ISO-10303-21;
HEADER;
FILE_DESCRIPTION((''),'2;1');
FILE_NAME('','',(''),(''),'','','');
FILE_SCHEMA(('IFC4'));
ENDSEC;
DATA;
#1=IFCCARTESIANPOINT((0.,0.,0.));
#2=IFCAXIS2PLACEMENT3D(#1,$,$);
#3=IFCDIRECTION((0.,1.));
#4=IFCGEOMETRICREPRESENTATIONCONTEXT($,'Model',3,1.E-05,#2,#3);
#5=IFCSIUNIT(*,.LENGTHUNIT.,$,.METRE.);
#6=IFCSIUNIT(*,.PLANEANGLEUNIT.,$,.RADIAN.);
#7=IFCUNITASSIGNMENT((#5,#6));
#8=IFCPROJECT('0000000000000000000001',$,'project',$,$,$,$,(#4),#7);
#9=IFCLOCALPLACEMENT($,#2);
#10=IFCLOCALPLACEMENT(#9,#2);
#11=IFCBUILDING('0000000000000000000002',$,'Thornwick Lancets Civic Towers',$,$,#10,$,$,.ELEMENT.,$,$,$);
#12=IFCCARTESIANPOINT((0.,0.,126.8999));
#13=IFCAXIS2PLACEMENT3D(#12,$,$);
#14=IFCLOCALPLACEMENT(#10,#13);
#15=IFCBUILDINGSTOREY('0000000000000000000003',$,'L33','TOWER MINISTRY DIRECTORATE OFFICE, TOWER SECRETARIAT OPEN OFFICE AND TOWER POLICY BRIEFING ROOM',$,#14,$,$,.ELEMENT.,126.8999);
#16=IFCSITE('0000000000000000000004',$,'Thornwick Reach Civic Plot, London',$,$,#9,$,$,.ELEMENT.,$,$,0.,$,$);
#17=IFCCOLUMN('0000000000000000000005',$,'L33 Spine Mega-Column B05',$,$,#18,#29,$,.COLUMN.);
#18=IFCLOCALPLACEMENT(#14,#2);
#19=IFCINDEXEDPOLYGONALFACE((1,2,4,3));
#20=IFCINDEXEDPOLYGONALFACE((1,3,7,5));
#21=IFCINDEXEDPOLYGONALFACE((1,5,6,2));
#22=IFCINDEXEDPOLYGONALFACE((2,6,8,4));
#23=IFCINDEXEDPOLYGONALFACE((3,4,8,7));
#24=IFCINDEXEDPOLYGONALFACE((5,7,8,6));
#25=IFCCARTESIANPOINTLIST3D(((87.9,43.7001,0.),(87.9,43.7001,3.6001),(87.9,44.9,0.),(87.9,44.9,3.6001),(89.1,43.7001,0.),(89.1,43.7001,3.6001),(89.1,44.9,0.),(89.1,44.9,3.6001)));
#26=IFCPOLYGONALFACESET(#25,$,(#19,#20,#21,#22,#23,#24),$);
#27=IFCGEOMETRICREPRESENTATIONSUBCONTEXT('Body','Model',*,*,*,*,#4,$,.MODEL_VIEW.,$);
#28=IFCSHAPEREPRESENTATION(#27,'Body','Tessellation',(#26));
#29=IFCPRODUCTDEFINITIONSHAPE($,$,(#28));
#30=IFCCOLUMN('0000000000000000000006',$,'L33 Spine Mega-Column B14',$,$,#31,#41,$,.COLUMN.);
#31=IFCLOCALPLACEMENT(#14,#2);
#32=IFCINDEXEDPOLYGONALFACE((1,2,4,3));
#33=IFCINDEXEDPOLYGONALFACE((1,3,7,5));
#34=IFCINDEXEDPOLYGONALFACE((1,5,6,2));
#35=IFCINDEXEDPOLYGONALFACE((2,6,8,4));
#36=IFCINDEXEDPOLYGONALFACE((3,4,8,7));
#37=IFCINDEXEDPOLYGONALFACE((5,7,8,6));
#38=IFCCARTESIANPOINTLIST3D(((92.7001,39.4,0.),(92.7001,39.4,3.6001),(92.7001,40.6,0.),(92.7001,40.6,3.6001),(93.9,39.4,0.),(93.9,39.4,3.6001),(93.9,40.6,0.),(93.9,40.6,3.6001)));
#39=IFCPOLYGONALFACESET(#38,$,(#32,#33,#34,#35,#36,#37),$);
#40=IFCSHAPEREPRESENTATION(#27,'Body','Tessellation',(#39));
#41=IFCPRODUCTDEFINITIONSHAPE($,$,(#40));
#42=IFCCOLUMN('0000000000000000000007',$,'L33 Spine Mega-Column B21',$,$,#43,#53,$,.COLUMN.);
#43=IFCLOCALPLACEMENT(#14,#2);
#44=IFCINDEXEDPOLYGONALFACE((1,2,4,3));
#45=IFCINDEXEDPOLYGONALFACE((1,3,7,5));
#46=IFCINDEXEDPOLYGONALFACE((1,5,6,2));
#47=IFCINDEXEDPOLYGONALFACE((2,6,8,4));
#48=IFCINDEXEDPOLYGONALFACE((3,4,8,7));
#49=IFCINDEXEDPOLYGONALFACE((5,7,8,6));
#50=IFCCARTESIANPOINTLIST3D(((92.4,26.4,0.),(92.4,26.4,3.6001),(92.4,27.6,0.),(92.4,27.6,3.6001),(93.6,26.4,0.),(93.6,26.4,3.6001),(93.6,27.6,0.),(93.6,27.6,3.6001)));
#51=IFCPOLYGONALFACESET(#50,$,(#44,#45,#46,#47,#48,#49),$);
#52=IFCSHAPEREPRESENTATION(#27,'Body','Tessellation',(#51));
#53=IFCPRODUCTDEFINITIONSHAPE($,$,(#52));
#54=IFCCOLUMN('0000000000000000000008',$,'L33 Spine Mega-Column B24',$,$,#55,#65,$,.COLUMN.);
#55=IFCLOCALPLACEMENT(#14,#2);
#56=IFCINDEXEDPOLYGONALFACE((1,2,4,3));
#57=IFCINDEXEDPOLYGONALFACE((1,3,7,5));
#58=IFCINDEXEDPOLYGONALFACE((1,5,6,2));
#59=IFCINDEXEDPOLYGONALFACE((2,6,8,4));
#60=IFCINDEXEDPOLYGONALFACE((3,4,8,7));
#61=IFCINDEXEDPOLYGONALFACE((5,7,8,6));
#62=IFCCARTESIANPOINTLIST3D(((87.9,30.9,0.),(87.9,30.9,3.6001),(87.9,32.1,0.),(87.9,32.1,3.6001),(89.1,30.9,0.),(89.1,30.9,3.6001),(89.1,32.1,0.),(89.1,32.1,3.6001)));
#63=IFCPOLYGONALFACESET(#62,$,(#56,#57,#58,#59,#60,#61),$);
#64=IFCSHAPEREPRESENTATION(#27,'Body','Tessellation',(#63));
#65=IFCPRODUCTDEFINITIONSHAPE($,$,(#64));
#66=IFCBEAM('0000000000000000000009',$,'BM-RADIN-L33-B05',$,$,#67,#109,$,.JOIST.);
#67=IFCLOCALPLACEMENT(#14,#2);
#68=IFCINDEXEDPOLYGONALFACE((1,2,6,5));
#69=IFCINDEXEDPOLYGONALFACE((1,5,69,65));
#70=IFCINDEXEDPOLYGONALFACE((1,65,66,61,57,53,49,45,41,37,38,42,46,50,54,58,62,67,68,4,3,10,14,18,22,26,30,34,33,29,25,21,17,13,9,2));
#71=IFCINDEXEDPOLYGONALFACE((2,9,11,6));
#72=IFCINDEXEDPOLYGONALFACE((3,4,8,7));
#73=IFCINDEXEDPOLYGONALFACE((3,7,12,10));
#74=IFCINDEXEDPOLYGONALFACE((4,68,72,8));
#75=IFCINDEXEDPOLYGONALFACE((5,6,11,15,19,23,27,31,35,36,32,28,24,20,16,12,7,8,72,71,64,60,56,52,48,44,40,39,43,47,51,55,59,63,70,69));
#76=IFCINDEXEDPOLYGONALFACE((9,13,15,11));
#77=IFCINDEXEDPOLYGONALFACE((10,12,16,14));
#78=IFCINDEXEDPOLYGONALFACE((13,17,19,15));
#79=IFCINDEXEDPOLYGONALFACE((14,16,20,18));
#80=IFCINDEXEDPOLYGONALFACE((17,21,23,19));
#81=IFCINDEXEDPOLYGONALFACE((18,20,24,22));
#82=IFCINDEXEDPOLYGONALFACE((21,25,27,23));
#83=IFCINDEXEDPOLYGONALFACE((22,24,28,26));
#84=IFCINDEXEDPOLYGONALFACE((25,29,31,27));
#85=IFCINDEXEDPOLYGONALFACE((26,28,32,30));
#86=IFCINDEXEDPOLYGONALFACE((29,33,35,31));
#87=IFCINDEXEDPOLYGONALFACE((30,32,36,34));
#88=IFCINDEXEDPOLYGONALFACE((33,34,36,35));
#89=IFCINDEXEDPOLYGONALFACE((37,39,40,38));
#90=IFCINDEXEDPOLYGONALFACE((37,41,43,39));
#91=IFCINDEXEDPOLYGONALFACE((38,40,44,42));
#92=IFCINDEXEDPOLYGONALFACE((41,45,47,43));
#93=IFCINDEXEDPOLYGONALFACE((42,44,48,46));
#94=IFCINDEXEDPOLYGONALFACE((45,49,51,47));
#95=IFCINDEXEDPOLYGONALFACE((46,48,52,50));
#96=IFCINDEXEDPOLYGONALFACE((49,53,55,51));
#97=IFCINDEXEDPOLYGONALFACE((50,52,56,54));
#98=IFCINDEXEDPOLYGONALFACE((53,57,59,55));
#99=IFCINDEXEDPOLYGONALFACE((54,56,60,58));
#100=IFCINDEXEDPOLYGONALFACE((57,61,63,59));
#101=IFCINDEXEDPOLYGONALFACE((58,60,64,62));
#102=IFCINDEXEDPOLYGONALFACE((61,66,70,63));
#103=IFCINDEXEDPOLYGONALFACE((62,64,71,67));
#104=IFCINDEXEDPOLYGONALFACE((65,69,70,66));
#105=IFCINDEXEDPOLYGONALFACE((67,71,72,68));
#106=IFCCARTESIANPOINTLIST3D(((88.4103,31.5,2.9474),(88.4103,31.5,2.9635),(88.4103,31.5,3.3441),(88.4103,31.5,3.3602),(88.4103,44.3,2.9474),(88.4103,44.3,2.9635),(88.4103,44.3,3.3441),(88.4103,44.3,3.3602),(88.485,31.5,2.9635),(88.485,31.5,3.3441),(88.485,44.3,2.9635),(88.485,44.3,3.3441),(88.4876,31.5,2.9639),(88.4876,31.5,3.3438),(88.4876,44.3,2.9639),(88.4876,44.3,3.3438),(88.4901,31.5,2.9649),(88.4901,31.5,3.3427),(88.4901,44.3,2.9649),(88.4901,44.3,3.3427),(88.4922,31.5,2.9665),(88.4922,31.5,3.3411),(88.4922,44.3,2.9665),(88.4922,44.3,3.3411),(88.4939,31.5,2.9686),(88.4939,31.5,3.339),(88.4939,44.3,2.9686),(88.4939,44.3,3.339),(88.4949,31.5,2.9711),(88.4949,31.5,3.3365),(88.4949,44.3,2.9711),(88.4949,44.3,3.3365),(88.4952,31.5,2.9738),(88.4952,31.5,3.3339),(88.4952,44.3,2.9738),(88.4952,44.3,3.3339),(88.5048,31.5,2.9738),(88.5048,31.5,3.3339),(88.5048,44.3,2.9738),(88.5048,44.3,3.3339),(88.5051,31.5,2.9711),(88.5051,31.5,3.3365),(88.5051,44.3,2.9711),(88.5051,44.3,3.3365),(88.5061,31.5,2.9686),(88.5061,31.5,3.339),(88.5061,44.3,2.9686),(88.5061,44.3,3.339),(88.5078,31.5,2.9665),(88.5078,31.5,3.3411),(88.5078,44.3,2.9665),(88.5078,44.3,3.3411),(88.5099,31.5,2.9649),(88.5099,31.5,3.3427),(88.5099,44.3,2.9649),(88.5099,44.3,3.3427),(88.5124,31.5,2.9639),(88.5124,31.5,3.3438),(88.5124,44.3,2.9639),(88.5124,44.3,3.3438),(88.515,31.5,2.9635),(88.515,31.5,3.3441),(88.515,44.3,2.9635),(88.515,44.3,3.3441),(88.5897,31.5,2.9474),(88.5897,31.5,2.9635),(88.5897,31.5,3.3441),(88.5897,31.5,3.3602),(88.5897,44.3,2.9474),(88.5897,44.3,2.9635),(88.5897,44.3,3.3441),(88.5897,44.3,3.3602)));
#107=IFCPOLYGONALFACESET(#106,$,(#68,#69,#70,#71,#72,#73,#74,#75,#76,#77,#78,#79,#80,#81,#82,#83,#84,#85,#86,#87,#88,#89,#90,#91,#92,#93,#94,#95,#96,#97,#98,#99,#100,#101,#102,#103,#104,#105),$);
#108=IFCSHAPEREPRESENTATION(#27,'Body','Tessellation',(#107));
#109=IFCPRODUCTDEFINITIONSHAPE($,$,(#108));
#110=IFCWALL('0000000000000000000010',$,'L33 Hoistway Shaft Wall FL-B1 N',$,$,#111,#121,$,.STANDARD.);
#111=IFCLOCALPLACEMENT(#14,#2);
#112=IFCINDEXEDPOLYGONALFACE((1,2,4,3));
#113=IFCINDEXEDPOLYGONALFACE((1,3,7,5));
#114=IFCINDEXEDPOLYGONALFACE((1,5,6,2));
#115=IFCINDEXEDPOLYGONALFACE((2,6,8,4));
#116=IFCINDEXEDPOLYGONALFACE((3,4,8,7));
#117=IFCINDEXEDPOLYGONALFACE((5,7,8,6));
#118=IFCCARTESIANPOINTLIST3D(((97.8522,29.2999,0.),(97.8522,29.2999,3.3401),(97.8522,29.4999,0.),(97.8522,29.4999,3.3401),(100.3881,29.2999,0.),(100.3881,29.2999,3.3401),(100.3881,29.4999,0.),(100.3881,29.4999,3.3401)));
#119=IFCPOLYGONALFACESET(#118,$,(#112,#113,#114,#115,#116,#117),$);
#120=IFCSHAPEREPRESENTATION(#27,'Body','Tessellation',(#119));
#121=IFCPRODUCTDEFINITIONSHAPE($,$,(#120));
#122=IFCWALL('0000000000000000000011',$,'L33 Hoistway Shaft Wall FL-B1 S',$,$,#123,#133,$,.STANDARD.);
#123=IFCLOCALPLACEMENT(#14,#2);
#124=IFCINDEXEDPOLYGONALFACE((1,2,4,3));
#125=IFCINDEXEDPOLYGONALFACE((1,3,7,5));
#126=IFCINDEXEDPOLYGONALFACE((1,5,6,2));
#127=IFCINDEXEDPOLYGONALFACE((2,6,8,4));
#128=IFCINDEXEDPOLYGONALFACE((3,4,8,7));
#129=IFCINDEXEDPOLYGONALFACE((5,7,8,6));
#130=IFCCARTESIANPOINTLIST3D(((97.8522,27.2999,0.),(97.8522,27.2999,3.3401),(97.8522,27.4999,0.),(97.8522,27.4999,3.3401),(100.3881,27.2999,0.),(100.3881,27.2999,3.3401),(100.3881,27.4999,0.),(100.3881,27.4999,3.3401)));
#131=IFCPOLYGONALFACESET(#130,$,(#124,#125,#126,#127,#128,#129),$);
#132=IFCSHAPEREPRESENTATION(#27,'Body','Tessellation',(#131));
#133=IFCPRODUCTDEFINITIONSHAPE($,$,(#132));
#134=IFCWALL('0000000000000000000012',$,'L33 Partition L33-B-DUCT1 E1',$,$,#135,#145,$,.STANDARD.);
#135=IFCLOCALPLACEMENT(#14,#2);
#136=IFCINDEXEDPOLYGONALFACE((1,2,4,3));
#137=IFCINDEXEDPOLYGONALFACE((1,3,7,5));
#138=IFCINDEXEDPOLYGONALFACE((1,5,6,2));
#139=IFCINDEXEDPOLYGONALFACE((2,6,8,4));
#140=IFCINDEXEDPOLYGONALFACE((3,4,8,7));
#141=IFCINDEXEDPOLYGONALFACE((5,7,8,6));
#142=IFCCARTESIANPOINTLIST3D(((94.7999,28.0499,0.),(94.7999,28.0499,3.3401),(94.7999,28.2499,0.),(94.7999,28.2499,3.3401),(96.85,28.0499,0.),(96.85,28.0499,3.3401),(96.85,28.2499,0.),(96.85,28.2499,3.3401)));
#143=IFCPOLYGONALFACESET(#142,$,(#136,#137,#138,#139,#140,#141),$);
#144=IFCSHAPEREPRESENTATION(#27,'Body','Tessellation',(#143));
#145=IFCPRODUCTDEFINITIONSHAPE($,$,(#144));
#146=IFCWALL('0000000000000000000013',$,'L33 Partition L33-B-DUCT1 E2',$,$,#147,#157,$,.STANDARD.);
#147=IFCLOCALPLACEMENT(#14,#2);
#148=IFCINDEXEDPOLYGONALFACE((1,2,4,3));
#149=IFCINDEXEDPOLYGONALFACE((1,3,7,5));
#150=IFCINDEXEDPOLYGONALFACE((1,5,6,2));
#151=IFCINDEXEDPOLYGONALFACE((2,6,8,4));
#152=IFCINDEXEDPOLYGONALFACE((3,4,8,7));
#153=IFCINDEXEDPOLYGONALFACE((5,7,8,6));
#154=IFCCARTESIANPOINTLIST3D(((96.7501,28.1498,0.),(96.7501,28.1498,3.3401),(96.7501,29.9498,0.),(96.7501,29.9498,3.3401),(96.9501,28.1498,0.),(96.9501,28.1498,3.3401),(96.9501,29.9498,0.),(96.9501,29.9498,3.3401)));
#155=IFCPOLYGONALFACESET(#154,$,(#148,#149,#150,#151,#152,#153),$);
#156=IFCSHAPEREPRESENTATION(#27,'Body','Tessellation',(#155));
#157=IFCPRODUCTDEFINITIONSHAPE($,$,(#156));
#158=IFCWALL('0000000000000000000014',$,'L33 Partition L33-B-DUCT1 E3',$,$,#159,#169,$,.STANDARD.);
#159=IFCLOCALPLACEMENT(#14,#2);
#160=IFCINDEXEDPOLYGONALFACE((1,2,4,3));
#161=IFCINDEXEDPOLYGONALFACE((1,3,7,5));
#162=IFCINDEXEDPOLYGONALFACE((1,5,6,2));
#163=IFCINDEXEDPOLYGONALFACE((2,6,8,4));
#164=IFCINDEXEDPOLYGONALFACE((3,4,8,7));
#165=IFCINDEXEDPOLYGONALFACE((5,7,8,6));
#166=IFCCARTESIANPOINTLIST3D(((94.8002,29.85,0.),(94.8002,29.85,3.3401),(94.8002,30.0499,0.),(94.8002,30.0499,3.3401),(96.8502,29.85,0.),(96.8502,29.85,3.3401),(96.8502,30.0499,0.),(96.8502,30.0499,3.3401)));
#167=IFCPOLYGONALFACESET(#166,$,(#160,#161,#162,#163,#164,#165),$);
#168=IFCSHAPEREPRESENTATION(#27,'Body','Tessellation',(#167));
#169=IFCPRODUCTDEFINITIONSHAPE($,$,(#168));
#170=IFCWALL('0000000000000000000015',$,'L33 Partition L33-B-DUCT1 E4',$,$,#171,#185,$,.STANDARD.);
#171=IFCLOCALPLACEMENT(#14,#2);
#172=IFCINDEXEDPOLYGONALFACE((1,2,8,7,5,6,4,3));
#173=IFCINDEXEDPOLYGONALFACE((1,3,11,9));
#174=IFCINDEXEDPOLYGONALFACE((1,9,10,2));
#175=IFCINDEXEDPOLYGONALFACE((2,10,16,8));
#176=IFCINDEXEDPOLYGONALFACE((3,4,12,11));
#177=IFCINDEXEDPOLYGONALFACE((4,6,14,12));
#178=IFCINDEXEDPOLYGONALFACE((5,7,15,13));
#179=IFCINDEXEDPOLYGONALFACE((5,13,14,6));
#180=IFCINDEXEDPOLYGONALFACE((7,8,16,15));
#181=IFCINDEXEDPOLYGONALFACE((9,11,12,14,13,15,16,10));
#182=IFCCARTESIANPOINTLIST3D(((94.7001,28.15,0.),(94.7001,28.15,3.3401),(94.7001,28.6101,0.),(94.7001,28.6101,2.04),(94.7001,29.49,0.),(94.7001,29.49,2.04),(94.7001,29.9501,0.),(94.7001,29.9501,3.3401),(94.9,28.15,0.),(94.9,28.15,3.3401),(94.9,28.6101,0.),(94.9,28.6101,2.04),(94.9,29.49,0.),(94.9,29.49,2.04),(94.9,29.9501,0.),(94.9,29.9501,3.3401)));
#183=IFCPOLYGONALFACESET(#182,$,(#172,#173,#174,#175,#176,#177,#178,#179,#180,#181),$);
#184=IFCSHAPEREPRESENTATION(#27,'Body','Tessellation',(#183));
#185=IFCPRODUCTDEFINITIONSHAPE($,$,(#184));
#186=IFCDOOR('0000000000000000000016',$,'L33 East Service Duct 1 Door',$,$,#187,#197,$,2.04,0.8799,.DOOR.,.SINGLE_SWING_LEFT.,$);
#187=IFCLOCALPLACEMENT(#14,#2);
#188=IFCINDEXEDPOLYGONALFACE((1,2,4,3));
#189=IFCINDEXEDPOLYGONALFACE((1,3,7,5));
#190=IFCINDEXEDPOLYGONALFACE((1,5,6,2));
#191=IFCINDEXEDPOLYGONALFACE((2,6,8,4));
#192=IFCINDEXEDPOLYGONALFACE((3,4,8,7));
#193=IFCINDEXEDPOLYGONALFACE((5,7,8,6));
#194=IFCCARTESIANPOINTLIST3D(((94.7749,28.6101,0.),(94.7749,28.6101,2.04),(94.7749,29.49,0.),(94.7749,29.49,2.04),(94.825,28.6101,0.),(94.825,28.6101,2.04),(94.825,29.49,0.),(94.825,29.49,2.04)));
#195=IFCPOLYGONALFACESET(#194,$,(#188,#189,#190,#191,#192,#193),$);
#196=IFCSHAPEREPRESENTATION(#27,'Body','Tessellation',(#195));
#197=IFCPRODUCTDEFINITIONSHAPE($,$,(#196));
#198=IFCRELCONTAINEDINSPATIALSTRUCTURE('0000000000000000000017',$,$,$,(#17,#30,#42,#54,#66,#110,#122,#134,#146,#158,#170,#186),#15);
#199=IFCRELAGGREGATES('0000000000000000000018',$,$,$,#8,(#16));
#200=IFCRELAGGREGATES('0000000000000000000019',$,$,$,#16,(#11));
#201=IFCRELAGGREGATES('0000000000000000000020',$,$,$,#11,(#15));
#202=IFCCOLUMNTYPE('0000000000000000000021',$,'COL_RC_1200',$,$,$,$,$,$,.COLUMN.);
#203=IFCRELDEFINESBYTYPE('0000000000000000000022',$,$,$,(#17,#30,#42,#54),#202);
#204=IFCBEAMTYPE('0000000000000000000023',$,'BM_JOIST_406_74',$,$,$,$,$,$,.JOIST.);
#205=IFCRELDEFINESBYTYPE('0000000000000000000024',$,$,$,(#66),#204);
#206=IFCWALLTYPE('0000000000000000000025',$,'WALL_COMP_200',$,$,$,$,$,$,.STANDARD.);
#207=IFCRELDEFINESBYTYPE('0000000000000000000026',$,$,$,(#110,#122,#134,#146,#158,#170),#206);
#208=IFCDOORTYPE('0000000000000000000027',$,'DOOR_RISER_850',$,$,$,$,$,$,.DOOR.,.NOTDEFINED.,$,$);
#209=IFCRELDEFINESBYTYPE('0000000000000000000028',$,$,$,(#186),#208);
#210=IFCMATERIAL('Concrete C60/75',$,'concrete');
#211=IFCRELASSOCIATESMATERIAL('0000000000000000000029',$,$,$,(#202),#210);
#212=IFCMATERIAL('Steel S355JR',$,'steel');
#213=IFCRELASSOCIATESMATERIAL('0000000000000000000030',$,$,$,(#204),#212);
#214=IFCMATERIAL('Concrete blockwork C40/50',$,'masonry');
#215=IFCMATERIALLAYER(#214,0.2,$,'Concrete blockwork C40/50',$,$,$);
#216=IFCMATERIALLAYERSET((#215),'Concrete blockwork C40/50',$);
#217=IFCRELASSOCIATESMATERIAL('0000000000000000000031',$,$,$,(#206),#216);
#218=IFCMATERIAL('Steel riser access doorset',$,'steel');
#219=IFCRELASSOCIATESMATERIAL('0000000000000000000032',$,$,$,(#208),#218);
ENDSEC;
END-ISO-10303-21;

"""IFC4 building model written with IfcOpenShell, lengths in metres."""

from ifc_helpers import new_model, si_unit, direction, frame, frame_2d, origin, origin_2d, place, context, subcontext, project, spatial, rectangle, i_section, extrude, material, layer, layer_set, material_profile, profile_set, type_object, element, fill, save


model = new_model("IFC4")

# Units and contexts
model_context = context("Model", 3, precision=1e-05, world=origin(), true_north=direction((0.0, 1.0)))
body_context = subcontext(model_context, "Body", "Model", "MODEL_VIEW")
ifc_project = project(units=[si_unit("LENGTHUNIT", "METRE"), si_unit("PLANEANGLEUNIT", "RADIAN")], contexts=[model_context])

# Site, building, storey
site_placement = place(None, origin())
site = spatial("IfcSite", under=ifc_project, at=site_placement, Name="Thornwick Reach Civic Plot, London", CompositionType="ELEMENT", RefElevation=0.0)
building_placement = place(site_placement, origin())
building = spatial("IfcBuilding", under=site, at=building_placement, Name="Thornwick Lancets Civic Towers", CompositionType="ELEMENT")
storey_placement = place(building_placement, frame((0.0, 0.0, 126.8999)))
storey = spatial("IfcBuildingStorey", under=building, at=storey_placement, Name="L33", Description="TOWER MINISTRY DIRECTORATE OFFICE, TOWER SECRETARIAT OPEN OFFICE AND TOWER POLICY BRIEFING ROOM", CompositionType="ELEMENT", Elevation=126.8999)

# Columns
ifc_material_1 = material(Name="Concrete C60/75", Category="concrete")
ifc_material_profile_1 = material_profile(ifc_material_1, rectangle(XDim=1.2, YDim=1.2, at=origin_2d()), Name="RC 1200x1200")
ifc_profile_set_1 = profile_set([ifc_material_profile_1], Name="Concrete C60/75")
column_type = type_object("IfcColumnType", Name="COL_RC_1200", PredefinedType="COLUMN", material=ifc_profile_set_1)
for number, where, z_axis, x_axis, name in (
    (1, (88.5, 44.3, 0.0), (0.0, 0.0, 1.0), (1.0, 0.0, 0.0), "L33 Spine Mega-Column B05"),
    (2, (93.3, 40.0, 0.0), (0.0, 0.0, 1.0), (1.0, 0.0, 0.0), "L33 Spine Mega-Column B14"),
    (3, (93.0, 27.0, 0.0), (0.0, 0.0, 1.0), (1.0, 0.0, 0.0), "L33 Spine Mega-Column B21"),
    (4, (88.5, 31.5, 0.0), (0.0, 0.0, 1.0), (1.0, 0.0, 0.0), "L33 Spine Mega-Column B24"),
):
    element("IfcColumn", number, at=place(storey_placement, frame(where, z_axis=z_axis, x_axis=x_axis)), inside=storey, type_object=column_type, Name=name, PredefinedType="COLUMN", context=body_context, shape_type="SweptSolid", body=[
        extrude(rectangle(XDim=1.2, YDim=1.2, at=origin_2d()), origin(), (0.0, 0.0, 1.0), 3.6001),
    ])

# Beam
ifc_material_2 = material(Name="Steel S355JR", Category="steel")
ifc_material_profile_2 = material_profile(ifc_material_2, i_section(OverallWidth=0.1794, OverallDepth=0.4128, WebThickness=0.0095, FlangeThickness=0.0161, FilletRadius=0.0103, at=origin_2d()), Name="UKB 406x178x74")
ifc_profile_set_2 = profile_set([ifc_material_profile_2], Name="Steel S355JR")
beam_type = type_object("IfcBeamType", Name="BM_JOIST_406_74", PredefinedType="JOIST", material=ifc_profile_set_2)
beam_placement = place(storey_placement, frame((88.5, 31.5, 3.1538), z_axis=(0.0, 1.0, 0.0), x_axis=(-1.0, 0.0, 0.0)))
element("IfcBeam", 5, at=beam_placement, inside=storey, type_object=beam_type, Name="BM-RADIN-L33-B05", PredefinedType="JOIST", context=body_context, shape_type="SweptSolid", body=[
    extrude(i_section(OverallWidth=0.1794, OverallDepth=0.4128, WebThickness=0.0095, FlangeThickness=0.0161, FilletRadius=0.0103, at=origin_2d()), origin(), (0.0, 0.0, 1.0), 12.8),
])

# Walls
ifc_material_3 = material(Name="Concrete blockwork C40/50", Category="masonry")
ifc_layer_1 = layer(ifc_material_3, 0.2, Name="Concrete blockwork C40/50")
ifc_layer_set_1 = layer_set([ifc_layer_1], Name="Concrete blockwork C40/50")
wall_type_1 = type_object("IfcWallType", Name="WALL_COMP_200", PredefinedType="STANDARD", material=ifc_layer_set_1)
for number, where, z_axis, x_axis, name in (
    (6, (97.8521, 29.3999, 0.0), (0.0, 0.0, 1.0), (1.0, 0.0, 0.0), "L33 Hoistway Shaft Wall FL-B1 N"),
    (7, (97.8521, 27.3999, 0.0), (0.0, 0.0, 1.0), (1.0, 0.0, 0.0), "L33 Hoistway Shaft Wall FL-B1 S"),
):
    element("IfcWall", number, at=place(storey_placement, frame(where, z_axis=z_axis, x_axis=x_axis)), inside=storey, type_object=wall_type_1, Name=name, PredefinedType="STANDARD", context=body_context, shape_type="SweptSolid", body=[
        extrude(rectangle(XDim=2.5359, YDim=0.2, at=frame_2d((1.2681, 0.0))), origin(), (0.0, 0.0, 1.0), 3.3401),
    ])
wall_1_placement = place(storey_placement, frame((94.8, 28.1499, 0.0), z_axis=(0.0, 0.0, 1.0), x_axis=(1.0, 0.0, 0.0)))
element("IfcWall", 8, at=wall_1_placement, inside=storey, type_object=wall_type_1, Name="L33 Partition L33-B-DUCT1 E1", PredefinedType="STANDARD", context=body_context, shape_type="SweptSolid", body=[
    extrude(rectangle(XDim=2.05, YDim=0.2, at=frame_2d((1.0249, 0.0))), origin(), (0.0, 0.0, 1.0), 3.3401),
])
wall_2_placement = place(storey_placement, frame((96.8501, 28.1499, 0.0), z_axis=(0.0, 0.0, 1.0), x_axis=(0.0, 1.0, 0.0)))
element("IfcWall", 9, at=wall_2_placement, inside=storey, type_object=wall_type_1, Name="L33 Partition L33-B-DUCT1 E2", PredefinedType="STANDARD", context=body_context, shape_type="SweptSolid", body=[
    extrude(rectangle(XDim=1.8, YDim=0.2, at=frame_2d((0.8999, 0.0))), origin(), (0.0, 0.0, 1.0), 3.3401),
])
wall_3_placement = place(storey_placement, frame((96.8501, 29.95, 0.0), z_axis=(0.0, 0.0, 1.0), x_axis=(-1.0, 0.0, 0.0)))
element("IfcWall", 10, at=wall_3_placement, inside=storey, type_object=wall_type_1, Name="L33 Partition L33-B-DUCT1 E3", PredefinedType="STANDARD", context=body_context, shape_type="SweptSolid", body=[
    extrude(rectangle(XDim=2.05, YDim=0.2, at=frame_2d((1.0249, 0.0))), origin(), (0.0, 0.0, 1.0), 3.3401),
])

# Wall, opening, door
wall_4_placement = place(storey_placement, frame((94.8, 29.95, 0.0), z_axis=(0.0, 0.0, 1.0), x_axis=(0.0, -1.0, 0.0)))
wall_4 = element("IfcWall", 11, at=wall_4_placement, inside=storey, type_object=wall_type_1, Name="L33 Partition L33-B-DUCT1 E4", PredefinedType="STANDARD", context=body_context, shape_type="SweptSolid", body=[
    extrude(rectangle(XDim=1.8, YDim=0.2, at=frame_2d((0.8999, 0.0))), origin(), (0.0, 0.0, 1.0), 3.3401),
])
opening_1_placement = place(wall_4_placement, frame((0.46, 0.0, 0.0)))
opening_1 = element("IfcOpeningElement", 12, at=opening_1_placement, cuts=wall_4, PredefinedType="OPENING", context=body_context, shape_type="SweptSolid", body=[
    extrude(rectangle(XDim=0.8799, YDim=2.04, at=frame_2d((0.4399, 1.02))), frame((0.0, 0.1099, 0.0), z_axis=(0.0, -1.0, 0.0), x_axis=(1.0, 0.0, 0.0)), (0.0, 0.0, 1.0), 0.22),
])
ifc_material_4 = material(Name="Steel riser access doorset", Category="steel")
door_type_1 = type_object("IfcDoorType", Name="DOOR_RISER_850", OperationType="NOTDEFINED", PredefinedType="DOOR", material=ifc_material_4)
door_1_placement = place(opening_1_placement, origin())
door_1 = element("IfcDoor", 13, at=door_1_placement, inside=storey, type_object=door_type_1, Name="L33 East Service Duct 1 Door", OperationType="SINGLE_SWING_LEFT", OverallHeight=2.04, OverallWidth=0.8799, PredefinedType="DOOR", context=body_context, shape_type="SweptSolid", body=[
    extrude(rectangle(XDim=0.8799, YDim=2.04, at=frame_2d((0.4399, 1.02))), frame((0.0, 0.0249, 0.0), z_axis=(0.0, -1.0, 0.0), x_axis=(1.0, 0.0, 0.0)), (0.0, 0.0, 1.0), 0.05),
])
fill(opening_1, door_1)

save(model, "model.ifc")
